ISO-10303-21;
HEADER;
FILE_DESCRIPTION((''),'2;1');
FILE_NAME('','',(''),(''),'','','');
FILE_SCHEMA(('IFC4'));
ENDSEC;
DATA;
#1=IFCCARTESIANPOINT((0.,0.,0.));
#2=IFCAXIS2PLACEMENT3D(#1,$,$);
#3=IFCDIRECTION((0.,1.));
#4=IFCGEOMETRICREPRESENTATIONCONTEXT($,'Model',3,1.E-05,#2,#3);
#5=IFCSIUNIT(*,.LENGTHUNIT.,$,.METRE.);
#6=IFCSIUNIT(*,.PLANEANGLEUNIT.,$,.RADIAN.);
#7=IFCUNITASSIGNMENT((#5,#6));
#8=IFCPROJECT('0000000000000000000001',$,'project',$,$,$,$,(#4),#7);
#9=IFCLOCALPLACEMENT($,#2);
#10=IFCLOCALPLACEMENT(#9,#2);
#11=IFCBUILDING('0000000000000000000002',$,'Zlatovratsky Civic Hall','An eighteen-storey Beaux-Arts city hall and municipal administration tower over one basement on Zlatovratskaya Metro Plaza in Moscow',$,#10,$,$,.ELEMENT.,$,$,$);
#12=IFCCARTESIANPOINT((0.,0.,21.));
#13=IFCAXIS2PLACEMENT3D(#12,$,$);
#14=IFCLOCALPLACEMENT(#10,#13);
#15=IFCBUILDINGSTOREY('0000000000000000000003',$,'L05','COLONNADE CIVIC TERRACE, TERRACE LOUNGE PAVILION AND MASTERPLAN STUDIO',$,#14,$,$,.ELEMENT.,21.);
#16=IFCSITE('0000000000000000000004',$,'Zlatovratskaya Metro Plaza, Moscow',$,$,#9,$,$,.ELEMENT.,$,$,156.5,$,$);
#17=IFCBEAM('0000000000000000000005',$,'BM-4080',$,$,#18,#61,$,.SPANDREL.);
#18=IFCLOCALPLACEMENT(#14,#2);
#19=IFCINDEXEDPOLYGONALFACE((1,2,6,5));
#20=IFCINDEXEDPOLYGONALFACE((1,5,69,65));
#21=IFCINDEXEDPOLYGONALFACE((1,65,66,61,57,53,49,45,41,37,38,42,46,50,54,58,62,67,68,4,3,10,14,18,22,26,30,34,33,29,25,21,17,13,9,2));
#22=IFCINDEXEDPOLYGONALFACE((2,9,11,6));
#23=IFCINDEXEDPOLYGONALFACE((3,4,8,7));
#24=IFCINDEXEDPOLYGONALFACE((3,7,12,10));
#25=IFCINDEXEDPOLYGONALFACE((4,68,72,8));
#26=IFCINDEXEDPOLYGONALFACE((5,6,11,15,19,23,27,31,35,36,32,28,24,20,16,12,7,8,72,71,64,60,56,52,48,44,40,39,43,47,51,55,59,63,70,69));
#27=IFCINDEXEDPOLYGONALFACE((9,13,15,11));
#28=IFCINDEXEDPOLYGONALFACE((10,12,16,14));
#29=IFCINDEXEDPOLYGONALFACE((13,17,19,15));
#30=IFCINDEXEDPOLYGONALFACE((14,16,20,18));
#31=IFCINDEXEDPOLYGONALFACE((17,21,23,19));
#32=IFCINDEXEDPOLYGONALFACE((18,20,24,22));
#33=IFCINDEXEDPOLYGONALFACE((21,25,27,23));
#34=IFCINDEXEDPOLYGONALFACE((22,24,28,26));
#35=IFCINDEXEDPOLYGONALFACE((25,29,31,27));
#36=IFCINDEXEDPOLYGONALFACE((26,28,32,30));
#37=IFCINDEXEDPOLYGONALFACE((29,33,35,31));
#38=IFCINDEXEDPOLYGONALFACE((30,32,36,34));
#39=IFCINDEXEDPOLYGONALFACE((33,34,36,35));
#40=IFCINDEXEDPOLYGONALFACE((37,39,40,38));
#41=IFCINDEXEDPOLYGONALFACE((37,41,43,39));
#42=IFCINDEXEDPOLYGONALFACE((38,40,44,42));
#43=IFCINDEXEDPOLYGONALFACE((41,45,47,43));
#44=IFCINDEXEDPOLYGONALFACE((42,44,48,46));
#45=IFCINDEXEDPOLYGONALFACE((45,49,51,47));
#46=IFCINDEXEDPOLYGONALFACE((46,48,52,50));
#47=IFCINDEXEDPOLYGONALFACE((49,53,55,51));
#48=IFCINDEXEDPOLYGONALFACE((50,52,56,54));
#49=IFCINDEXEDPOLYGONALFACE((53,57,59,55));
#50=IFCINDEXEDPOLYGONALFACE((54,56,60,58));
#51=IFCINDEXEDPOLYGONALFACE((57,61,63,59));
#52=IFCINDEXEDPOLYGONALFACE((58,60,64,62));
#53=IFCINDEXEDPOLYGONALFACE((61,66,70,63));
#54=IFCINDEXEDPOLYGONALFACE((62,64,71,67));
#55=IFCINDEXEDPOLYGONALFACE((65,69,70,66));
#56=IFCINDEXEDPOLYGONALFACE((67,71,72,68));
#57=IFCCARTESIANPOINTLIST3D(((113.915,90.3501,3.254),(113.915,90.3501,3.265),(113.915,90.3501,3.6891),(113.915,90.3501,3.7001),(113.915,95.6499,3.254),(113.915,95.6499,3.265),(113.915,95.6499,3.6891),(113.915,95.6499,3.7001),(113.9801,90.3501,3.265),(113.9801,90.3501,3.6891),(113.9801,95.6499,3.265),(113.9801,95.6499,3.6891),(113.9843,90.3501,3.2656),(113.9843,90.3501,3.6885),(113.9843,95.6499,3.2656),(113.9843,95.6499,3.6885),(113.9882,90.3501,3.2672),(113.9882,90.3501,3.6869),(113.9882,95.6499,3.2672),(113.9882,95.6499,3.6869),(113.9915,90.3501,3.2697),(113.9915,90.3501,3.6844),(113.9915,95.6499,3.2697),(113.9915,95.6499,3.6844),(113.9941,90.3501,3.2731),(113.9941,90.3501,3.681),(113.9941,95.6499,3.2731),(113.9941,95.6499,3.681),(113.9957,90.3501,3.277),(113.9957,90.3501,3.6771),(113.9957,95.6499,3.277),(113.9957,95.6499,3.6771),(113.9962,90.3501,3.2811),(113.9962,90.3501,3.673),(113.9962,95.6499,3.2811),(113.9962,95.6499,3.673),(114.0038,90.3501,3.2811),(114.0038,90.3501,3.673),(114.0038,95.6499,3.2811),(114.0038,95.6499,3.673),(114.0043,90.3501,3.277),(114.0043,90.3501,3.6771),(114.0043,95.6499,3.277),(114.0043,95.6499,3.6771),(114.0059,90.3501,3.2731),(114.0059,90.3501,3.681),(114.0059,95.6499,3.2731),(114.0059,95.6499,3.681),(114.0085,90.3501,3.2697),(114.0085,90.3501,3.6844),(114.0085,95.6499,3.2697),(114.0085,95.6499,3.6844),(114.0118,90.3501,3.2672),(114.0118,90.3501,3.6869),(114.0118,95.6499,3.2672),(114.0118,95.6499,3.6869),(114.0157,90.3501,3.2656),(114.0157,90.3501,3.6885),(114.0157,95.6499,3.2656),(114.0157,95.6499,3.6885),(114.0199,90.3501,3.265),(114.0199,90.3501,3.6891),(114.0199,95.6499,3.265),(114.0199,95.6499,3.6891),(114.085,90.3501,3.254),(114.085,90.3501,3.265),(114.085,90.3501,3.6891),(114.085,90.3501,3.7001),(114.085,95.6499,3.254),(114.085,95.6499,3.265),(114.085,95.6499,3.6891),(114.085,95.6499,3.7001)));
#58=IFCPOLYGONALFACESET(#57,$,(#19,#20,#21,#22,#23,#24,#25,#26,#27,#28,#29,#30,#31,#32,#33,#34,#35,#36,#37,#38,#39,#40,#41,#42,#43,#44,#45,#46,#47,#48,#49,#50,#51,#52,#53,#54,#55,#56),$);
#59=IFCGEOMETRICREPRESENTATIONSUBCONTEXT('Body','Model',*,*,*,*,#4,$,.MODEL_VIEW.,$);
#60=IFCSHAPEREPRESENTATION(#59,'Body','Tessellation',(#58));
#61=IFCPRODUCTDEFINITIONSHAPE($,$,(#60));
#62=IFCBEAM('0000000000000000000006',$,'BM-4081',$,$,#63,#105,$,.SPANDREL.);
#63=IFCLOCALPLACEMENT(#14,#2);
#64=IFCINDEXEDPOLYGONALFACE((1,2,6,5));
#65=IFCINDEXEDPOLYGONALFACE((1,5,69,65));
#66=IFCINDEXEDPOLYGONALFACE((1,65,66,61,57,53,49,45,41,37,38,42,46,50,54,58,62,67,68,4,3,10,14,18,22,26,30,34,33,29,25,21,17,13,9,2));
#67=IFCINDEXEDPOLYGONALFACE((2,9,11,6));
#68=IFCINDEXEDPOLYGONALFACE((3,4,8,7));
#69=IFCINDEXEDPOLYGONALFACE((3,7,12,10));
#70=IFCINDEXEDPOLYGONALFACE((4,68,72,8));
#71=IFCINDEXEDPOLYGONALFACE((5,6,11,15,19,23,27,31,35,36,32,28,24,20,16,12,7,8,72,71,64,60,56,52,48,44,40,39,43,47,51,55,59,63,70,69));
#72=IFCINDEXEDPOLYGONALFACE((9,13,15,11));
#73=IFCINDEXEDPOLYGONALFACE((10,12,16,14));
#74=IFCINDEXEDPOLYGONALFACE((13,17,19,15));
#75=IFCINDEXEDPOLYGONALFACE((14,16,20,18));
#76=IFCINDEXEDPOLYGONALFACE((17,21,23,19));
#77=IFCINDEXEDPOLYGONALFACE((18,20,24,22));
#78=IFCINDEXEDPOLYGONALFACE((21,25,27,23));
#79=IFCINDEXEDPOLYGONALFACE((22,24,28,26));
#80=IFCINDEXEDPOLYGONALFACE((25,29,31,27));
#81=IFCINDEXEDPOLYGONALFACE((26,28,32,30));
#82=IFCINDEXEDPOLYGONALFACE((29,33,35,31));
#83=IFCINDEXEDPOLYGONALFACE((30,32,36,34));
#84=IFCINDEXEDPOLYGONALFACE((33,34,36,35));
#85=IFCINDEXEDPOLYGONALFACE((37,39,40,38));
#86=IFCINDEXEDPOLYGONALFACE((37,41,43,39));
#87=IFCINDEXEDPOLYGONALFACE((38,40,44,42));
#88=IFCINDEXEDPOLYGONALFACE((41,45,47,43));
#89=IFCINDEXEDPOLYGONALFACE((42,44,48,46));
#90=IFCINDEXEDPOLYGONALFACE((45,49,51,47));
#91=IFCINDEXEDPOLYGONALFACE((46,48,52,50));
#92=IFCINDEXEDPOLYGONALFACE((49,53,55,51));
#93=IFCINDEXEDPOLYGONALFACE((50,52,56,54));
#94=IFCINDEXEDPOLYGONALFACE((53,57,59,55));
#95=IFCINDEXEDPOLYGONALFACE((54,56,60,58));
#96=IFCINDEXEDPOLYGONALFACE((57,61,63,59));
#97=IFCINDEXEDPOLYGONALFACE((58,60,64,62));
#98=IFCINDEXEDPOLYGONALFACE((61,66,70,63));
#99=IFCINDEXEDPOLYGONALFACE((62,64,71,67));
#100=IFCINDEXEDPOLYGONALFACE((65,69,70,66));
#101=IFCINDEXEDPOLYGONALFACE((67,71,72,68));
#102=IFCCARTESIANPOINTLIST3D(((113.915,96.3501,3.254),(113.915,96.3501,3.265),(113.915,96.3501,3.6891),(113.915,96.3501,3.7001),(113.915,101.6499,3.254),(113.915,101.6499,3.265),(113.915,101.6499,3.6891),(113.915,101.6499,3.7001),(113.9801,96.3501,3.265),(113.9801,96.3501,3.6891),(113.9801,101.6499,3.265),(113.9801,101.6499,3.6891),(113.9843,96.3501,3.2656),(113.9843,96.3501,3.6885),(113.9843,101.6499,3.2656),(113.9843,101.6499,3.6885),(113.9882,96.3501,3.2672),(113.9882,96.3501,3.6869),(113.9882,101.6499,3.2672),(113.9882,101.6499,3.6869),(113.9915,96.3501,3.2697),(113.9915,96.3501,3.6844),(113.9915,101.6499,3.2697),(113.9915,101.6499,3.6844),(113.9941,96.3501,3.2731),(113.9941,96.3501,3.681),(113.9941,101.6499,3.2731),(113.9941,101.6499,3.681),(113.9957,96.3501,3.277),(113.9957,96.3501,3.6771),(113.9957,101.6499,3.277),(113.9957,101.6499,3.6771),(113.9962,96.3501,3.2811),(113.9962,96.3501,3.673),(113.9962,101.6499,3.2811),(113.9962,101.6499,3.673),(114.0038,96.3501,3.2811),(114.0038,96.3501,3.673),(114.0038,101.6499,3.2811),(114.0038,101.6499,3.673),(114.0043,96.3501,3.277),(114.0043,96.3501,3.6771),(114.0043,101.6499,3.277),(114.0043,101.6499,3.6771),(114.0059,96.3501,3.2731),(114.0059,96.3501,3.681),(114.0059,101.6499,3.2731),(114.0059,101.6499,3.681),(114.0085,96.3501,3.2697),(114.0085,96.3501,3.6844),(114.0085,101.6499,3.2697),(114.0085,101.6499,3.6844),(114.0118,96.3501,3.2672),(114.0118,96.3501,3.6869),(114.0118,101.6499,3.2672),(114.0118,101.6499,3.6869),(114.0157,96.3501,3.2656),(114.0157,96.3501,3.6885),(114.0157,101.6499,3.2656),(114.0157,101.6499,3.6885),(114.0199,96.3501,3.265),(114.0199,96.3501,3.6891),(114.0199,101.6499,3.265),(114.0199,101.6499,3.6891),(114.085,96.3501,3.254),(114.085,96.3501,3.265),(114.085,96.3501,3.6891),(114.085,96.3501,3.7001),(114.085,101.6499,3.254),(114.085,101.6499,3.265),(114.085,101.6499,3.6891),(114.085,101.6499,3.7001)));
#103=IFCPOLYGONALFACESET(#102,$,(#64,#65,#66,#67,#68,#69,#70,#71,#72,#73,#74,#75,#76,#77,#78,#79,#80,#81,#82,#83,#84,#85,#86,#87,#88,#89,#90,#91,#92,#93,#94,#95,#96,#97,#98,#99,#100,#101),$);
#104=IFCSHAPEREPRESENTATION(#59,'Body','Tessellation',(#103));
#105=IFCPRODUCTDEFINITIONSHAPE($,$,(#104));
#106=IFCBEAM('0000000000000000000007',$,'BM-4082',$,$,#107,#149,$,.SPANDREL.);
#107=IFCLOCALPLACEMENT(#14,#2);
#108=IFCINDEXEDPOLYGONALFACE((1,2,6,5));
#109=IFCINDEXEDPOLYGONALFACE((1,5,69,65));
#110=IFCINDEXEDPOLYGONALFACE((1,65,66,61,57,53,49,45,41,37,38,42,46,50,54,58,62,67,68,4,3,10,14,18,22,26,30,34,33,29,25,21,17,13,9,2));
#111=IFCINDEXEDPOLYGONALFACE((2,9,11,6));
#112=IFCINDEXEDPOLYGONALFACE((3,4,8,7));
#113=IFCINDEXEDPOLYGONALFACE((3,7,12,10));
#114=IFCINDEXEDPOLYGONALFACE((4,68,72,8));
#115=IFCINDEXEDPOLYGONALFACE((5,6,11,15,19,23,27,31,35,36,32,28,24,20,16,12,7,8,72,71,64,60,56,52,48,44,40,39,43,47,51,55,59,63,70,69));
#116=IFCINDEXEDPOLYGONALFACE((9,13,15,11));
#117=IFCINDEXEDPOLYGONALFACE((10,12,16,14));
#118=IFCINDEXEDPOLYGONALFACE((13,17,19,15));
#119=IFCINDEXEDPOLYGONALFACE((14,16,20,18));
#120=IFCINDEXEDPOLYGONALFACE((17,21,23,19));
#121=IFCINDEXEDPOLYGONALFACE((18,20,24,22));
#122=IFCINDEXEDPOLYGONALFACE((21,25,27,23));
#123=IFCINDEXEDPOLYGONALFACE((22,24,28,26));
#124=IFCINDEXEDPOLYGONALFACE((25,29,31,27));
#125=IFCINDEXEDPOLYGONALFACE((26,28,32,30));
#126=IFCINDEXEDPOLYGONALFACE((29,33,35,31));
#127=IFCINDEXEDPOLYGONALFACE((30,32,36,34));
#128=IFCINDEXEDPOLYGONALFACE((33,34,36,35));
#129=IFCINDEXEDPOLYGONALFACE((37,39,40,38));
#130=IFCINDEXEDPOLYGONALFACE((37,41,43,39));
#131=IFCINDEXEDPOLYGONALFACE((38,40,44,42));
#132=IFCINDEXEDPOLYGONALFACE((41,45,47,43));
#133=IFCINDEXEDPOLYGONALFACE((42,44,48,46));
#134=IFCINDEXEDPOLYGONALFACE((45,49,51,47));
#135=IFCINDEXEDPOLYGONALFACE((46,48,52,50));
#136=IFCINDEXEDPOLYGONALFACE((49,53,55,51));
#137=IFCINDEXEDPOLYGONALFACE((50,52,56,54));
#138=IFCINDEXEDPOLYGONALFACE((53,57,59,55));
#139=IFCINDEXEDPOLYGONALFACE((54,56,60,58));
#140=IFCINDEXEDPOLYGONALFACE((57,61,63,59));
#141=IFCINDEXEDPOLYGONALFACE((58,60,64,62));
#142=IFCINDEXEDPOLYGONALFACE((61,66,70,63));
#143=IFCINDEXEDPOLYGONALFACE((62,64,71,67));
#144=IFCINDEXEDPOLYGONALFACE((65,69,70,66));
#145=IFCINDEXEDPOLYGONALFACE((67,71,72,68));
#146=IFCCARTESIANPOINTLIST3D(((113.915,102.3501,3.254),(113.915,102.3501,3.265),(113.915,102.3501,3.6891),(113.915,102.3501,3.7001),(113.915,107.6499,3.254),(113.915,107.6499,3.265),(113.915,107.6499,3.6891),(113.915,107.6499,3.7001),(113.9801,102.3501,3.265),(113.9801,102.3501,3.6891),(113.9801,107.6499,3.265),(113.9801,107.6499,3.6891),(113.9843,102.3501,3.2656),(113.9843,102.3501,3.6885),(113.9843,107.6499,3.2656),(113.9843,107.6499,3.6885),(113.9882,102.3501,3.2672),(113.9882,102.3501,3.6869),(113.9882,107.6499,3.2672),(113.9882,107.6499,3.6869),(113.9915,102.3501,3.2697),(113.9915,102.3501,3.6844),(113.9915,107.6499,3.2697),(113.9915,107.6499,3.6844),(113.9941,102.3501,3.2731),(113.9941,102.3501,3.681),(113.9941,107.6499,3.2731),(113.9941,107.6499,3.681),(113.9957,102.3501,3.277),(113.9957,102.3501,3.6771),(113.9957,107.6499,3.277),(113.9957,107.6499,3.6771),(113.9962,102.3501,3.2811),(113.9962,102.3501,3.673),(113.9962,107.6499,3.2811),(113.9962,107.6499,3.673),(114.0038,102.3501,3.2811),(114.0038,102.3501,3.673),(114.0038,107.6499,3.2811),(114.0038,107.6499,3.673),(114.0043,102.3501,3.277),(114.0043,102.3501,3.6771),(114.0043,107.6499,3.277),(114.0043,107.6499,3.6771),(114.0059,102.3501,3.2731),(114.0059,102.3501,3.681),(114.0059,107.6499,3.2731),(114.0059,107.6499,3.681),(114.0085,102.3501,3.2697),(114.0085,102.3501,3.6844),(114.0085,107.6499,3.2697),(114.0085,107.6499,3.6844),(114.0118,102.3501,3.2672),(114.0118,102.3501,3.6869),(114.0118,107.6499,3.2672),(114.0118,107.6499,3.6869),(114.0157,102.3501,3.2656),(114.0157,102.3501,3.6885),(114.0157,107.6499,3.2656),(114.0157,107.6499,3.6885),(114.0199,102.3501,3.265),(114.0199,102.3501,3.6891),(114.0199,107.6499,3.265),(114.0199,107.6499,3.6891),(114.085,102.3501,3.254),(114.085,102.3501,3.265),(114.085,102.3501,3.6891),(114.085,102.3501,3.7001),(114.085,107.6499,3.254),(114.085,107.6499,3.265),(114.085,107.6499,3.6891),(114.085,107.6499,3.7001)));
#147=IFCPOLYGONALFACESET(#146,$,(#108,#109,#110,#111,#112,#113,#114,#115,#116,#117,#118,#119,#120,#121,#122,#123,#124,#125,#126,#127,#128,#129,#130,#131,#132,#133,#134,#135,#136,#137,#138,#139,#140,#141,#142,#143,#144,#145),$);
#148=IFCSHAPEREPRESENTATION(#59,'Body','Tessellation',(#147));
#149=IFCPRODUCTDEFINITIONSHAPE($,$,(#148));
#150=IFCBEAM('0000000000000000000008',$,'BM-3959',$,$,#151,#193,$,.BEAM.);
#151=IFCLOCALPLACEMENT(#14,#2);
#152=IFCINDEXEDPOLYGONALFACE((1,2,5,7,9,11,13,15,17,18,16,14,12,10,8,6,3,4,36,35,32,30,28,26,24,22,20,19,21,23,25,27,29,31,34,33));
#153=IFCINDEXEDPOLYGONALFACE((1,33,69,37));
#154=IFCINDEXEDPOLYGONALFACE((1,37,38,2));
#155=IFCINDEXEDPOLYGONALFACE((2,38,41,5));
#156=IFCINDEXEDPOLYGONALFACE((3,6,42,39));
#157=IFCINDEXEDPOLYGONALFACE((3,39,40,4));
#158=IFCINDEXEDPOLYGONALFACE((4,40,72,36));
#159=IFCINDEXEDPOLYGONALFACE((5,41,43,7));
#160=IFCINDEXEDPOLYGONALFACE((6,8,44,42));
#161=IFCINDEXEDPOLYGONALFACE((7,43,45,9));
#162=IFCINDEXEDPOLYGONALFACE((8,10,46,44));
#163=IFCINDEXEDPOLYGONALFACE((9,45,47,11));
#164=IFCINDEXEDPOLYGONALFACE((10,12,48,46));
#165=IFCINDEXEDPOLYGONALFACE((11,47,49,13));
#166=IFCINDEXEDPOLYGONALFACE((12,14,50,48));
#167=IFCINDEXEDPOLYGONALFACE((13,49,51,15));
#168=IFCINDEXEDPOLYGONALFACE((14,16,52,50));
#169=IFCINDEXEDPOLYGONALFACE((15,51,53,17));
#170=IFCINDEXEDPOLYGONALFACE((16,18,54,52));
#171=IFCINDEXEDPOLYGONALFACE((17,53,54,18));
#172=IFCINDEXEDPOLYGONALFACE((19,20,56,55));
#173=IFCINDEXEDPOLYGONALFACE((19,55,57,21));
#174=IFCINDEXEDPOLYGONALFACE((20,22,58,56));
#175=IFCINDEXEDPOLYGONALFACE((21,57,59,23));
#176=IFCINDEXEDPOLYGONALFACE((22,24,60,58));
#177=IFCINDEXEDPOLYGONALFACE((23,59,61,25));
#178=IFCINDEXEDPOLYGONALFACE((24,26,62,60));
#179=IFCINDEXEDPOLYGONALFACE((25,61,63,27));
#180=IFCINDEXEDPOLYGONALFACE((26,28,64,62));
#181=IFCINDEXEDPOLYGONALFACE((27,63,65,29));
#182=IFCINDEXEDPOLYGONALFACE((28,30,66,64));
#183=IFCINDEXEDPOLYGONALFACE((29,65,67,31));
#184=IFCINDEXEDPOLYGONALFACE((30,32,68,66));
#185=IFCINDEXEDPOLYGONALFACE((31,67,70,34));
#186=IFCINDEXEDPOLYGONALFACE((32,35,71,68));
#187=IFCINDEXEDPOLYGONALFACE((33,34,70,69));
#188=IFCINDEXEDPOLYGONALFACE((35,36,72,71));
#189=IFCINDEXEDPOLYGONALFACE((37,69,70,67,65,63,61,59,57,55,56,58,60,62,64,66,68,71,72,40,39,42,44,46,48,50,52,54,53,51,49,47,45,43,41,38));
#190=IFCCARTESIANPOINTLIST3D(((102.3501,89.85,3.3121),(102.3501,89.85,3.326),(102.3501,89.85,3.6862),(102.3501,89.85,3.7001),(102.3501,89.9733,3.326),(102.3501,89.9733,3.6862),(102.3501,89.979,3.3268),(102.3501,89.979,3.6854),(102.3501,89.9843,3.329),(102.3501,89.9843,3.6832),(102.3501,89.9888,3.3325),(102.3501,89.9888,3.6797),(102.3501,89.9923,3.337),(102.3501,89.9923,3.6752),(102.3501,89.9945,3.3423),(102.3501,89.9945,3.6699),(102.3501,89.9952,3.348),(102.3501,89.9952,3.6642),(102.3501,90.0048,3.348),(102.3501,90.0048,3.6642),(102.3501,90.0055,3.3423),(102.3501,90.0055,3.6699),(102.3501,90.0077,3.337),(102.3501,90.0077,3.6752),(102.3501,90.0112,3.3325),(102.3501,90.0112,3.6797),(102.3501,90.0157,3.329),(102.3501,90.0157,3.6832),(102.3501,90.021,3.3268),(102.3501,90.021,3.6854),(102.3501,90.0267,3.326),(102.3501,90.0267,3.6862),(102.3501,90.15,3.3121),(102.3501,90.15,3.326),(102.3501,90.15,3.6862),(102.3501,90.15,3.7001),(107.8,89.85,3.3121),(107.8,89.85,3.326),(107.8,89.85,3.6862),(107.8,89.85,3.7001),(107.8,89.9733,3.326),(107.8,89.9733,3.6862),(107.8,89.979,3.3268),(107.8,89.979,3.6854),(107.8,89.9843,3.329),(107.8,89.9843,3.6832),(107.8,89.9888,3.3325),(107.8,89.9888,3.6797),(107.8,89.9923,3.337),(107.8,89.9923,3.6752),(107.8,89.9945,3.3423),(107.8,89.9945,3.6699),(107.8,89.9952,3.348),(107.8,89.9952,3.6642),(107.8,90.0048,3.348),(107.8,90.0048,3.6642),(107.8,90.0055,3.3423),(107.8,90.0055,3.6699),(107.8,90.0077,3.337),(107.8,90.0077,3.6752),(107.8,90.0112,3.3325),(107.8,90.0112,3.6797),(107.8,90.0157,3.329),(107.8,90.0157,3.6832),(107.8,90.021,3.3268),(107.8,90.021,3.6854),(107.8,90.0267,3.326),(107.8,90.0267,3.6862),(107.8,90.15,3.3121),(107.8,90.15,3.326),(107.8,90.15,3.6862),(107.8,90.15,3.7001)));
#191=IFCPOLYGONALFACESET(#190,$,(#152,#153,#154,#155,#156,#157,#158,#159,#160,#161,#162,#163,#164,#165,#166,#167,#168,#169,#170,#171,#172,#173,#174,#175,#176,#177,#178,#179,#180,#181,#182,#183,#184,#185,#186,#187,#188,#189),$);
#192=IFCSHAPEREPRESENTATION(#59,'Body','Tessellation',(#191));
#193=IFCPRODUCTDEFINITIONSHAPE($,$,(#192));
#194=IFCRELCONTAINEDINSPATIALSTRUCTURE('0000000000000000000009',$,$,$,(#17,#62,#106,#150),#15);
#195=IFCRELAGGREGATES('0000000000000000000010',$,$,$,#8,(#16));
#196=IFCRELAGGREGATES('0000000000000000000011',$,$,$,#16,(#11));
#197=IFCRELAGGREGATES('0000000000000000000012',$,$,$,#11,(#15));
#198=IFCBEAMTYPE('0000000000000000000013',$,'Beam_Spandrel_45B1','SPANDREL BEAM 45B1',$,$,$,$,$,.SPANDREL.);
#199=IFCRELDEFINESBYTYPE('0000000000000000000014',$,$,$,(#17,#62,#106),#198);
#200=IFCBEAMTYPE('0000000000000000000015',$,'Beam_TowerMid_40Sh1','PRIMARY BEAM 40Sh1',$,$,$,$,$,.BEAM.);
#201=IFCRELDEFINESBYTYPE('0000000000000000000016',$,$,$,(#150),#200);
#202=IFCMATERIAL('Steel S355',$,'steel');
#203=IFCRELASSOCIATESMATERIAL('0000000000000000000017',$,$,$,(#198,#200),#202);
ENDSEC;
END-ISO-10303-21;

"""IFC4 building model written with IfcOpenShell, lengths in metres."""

from ifc_helpers import new_model, si_unit, direction, frame, origin, origin_2d, place, context, subcontext, project, spatial, i_section, extrude, material, material_profile, profile_set, type_object, element, save


model = new_model("IFC4")

# Units and contexts
model_context = context("Model", 3, precision=1e-05, world=origin(), true_north=direction((0.0, 1.0)))
body_context = subcontext(model_context, "Body", "Model", "MODEL_VIEW")
ifc_project = project(units=[si_unit("LENGTHUNIT", "METRE"), si_unit("PLANEANGLEUNIT", "RADIAN")], contexts=[model_context])

# Site, building, storey
site_placement = place(None, origin())
site = spatial("IfcSite", under=ifc_project, at=site_placement, Name="Zlatovratskaya Metro Plaza, Moscow", CompositionType="ELEMENT", RefElevation=156.5)
building_placement = place(site_placement, origin())
building = spatial("IfcBuilding", under=site, at=building_placement, Name="Zlatovratsky Civic Hall", Description="An eighteen-storey Beaux-Arts city hall and municipal administration tower over one basement on Zlatovratskaya Metro Plaza in Moscow", CompositionType="ELEMENT")
storey_placement = place(building_placement, frame((0.0, 0.0, 21.0)))
storey = spatial("IfcBuildingStorey", under=building, at=storey_placement, Name="L05", Description="COLONNADE CIVIC TERRACE, TERRACE LOUNGE PAVILION AND MASTERPLAN STUDIO", CompositionType="ELEMENT", Elevation=21.0)

# Shared definitions
ifc_material_1 = material(Name="Steel S355", Category="steel")

# Beams
ifc_material_profile_1 = material_profile(ifc_material_1, i_section(OverallWidth=0.1699, OverallDepth=0.446, WebThickness=0.0076, FlangeThickness=0.011, FilletRadius=0.0161, at=origin_2d()), Name="45B1")
ifc_profile_set_1 = profile_set([ifc_material_profile_1], Name="Steel S355")
beam_type_1 = type_object("IfcBeamType", Name="Beam_Spandrel_45B1", Description="SPANDREL BEAM 45B1", PredefinedType="SPANDREL", material=ifc_profile_set_1)
for number, where, z_axis, x_axis, name in (
    (1, (114.0, 90.3501, 3.4771), (0.0, 1.0, 0.0), (-1.0, 0.0, 0.0), "BM-4080"),
    (2, (114.0, 96.3501, 3.4771), (0.0, 1.0, 0.0), (-1.0, 0.0, 0.0), "BM-4081"),
    (3, (114.0, 102.3501, 3.4771), (0.0, 1.0, 0.0), (-1.0, 0.0, 0.0), "BM-4082"),
):
    element("IfcBeam", number, at=place(storey_placement, frame(where, z_axis=z_axis, x_axis=x_axis)), inside=storey, type_object=beam_type_1, Name=name, PredefinedType="SPANDREL", context=body_context, shape_type="SweptSolid", body=[
        extrude(i_section(OverallWidth=0.1699, OverallDepth=0.446, WebThickness=0.0076, FlangeThickness=0.011, FilletRadius=0.0161, at=origin_2d()), origin(), (0.0, 0.0, 1.0), 5.2998),
    ])
ifc_material_profile_2 = material_profile(ifc_material_1, i_section(OverallWidth=0.3, OverallDepth=0.3879, WebThickness=0.0095, FlangeThickness=0.0139, FilletRadius=0.022, at=origin_2d()), Name="40Sh1")
ifc_profile_set_2 = profile_set([ifc_material_profile_2], Name="Steel S355")
beam_type_2 = type_object("IfcBeamType", Name="Beam_TowerMid_40Sh1", Description="PRIMARY BEAM 40Sh1", PredefinedType="BEAM", material=ifc_profile_set_2)
for number, where, z_axis, x_axis, name in (
    (4, (102.3501, 90.0, 3.5061), (1.0, 0.0, 0.0), (0.0, 1.0, 0.0), "BM-3959"),
):
    element("IfcBeam", number, at=place(storey_placement, frame(where, z_axis=z_axis, x_axis=x_axis)), inside=storey, type_object=beam_type_2, Name=name, PredefinedType="BEAM", context=body_context, shape_type="SweptSolid", body=[
        extrude(i_section(OverallWidth=0.3, OverallDepth=0.3879, WebThickness=0.0095, FlangeThickness=0.0139, FilletRadius=0.022, at=origin_2d()), origin(), (0.0, 0.0, 1.0), 5.45),
    ])

save(model, "model.ifc")
